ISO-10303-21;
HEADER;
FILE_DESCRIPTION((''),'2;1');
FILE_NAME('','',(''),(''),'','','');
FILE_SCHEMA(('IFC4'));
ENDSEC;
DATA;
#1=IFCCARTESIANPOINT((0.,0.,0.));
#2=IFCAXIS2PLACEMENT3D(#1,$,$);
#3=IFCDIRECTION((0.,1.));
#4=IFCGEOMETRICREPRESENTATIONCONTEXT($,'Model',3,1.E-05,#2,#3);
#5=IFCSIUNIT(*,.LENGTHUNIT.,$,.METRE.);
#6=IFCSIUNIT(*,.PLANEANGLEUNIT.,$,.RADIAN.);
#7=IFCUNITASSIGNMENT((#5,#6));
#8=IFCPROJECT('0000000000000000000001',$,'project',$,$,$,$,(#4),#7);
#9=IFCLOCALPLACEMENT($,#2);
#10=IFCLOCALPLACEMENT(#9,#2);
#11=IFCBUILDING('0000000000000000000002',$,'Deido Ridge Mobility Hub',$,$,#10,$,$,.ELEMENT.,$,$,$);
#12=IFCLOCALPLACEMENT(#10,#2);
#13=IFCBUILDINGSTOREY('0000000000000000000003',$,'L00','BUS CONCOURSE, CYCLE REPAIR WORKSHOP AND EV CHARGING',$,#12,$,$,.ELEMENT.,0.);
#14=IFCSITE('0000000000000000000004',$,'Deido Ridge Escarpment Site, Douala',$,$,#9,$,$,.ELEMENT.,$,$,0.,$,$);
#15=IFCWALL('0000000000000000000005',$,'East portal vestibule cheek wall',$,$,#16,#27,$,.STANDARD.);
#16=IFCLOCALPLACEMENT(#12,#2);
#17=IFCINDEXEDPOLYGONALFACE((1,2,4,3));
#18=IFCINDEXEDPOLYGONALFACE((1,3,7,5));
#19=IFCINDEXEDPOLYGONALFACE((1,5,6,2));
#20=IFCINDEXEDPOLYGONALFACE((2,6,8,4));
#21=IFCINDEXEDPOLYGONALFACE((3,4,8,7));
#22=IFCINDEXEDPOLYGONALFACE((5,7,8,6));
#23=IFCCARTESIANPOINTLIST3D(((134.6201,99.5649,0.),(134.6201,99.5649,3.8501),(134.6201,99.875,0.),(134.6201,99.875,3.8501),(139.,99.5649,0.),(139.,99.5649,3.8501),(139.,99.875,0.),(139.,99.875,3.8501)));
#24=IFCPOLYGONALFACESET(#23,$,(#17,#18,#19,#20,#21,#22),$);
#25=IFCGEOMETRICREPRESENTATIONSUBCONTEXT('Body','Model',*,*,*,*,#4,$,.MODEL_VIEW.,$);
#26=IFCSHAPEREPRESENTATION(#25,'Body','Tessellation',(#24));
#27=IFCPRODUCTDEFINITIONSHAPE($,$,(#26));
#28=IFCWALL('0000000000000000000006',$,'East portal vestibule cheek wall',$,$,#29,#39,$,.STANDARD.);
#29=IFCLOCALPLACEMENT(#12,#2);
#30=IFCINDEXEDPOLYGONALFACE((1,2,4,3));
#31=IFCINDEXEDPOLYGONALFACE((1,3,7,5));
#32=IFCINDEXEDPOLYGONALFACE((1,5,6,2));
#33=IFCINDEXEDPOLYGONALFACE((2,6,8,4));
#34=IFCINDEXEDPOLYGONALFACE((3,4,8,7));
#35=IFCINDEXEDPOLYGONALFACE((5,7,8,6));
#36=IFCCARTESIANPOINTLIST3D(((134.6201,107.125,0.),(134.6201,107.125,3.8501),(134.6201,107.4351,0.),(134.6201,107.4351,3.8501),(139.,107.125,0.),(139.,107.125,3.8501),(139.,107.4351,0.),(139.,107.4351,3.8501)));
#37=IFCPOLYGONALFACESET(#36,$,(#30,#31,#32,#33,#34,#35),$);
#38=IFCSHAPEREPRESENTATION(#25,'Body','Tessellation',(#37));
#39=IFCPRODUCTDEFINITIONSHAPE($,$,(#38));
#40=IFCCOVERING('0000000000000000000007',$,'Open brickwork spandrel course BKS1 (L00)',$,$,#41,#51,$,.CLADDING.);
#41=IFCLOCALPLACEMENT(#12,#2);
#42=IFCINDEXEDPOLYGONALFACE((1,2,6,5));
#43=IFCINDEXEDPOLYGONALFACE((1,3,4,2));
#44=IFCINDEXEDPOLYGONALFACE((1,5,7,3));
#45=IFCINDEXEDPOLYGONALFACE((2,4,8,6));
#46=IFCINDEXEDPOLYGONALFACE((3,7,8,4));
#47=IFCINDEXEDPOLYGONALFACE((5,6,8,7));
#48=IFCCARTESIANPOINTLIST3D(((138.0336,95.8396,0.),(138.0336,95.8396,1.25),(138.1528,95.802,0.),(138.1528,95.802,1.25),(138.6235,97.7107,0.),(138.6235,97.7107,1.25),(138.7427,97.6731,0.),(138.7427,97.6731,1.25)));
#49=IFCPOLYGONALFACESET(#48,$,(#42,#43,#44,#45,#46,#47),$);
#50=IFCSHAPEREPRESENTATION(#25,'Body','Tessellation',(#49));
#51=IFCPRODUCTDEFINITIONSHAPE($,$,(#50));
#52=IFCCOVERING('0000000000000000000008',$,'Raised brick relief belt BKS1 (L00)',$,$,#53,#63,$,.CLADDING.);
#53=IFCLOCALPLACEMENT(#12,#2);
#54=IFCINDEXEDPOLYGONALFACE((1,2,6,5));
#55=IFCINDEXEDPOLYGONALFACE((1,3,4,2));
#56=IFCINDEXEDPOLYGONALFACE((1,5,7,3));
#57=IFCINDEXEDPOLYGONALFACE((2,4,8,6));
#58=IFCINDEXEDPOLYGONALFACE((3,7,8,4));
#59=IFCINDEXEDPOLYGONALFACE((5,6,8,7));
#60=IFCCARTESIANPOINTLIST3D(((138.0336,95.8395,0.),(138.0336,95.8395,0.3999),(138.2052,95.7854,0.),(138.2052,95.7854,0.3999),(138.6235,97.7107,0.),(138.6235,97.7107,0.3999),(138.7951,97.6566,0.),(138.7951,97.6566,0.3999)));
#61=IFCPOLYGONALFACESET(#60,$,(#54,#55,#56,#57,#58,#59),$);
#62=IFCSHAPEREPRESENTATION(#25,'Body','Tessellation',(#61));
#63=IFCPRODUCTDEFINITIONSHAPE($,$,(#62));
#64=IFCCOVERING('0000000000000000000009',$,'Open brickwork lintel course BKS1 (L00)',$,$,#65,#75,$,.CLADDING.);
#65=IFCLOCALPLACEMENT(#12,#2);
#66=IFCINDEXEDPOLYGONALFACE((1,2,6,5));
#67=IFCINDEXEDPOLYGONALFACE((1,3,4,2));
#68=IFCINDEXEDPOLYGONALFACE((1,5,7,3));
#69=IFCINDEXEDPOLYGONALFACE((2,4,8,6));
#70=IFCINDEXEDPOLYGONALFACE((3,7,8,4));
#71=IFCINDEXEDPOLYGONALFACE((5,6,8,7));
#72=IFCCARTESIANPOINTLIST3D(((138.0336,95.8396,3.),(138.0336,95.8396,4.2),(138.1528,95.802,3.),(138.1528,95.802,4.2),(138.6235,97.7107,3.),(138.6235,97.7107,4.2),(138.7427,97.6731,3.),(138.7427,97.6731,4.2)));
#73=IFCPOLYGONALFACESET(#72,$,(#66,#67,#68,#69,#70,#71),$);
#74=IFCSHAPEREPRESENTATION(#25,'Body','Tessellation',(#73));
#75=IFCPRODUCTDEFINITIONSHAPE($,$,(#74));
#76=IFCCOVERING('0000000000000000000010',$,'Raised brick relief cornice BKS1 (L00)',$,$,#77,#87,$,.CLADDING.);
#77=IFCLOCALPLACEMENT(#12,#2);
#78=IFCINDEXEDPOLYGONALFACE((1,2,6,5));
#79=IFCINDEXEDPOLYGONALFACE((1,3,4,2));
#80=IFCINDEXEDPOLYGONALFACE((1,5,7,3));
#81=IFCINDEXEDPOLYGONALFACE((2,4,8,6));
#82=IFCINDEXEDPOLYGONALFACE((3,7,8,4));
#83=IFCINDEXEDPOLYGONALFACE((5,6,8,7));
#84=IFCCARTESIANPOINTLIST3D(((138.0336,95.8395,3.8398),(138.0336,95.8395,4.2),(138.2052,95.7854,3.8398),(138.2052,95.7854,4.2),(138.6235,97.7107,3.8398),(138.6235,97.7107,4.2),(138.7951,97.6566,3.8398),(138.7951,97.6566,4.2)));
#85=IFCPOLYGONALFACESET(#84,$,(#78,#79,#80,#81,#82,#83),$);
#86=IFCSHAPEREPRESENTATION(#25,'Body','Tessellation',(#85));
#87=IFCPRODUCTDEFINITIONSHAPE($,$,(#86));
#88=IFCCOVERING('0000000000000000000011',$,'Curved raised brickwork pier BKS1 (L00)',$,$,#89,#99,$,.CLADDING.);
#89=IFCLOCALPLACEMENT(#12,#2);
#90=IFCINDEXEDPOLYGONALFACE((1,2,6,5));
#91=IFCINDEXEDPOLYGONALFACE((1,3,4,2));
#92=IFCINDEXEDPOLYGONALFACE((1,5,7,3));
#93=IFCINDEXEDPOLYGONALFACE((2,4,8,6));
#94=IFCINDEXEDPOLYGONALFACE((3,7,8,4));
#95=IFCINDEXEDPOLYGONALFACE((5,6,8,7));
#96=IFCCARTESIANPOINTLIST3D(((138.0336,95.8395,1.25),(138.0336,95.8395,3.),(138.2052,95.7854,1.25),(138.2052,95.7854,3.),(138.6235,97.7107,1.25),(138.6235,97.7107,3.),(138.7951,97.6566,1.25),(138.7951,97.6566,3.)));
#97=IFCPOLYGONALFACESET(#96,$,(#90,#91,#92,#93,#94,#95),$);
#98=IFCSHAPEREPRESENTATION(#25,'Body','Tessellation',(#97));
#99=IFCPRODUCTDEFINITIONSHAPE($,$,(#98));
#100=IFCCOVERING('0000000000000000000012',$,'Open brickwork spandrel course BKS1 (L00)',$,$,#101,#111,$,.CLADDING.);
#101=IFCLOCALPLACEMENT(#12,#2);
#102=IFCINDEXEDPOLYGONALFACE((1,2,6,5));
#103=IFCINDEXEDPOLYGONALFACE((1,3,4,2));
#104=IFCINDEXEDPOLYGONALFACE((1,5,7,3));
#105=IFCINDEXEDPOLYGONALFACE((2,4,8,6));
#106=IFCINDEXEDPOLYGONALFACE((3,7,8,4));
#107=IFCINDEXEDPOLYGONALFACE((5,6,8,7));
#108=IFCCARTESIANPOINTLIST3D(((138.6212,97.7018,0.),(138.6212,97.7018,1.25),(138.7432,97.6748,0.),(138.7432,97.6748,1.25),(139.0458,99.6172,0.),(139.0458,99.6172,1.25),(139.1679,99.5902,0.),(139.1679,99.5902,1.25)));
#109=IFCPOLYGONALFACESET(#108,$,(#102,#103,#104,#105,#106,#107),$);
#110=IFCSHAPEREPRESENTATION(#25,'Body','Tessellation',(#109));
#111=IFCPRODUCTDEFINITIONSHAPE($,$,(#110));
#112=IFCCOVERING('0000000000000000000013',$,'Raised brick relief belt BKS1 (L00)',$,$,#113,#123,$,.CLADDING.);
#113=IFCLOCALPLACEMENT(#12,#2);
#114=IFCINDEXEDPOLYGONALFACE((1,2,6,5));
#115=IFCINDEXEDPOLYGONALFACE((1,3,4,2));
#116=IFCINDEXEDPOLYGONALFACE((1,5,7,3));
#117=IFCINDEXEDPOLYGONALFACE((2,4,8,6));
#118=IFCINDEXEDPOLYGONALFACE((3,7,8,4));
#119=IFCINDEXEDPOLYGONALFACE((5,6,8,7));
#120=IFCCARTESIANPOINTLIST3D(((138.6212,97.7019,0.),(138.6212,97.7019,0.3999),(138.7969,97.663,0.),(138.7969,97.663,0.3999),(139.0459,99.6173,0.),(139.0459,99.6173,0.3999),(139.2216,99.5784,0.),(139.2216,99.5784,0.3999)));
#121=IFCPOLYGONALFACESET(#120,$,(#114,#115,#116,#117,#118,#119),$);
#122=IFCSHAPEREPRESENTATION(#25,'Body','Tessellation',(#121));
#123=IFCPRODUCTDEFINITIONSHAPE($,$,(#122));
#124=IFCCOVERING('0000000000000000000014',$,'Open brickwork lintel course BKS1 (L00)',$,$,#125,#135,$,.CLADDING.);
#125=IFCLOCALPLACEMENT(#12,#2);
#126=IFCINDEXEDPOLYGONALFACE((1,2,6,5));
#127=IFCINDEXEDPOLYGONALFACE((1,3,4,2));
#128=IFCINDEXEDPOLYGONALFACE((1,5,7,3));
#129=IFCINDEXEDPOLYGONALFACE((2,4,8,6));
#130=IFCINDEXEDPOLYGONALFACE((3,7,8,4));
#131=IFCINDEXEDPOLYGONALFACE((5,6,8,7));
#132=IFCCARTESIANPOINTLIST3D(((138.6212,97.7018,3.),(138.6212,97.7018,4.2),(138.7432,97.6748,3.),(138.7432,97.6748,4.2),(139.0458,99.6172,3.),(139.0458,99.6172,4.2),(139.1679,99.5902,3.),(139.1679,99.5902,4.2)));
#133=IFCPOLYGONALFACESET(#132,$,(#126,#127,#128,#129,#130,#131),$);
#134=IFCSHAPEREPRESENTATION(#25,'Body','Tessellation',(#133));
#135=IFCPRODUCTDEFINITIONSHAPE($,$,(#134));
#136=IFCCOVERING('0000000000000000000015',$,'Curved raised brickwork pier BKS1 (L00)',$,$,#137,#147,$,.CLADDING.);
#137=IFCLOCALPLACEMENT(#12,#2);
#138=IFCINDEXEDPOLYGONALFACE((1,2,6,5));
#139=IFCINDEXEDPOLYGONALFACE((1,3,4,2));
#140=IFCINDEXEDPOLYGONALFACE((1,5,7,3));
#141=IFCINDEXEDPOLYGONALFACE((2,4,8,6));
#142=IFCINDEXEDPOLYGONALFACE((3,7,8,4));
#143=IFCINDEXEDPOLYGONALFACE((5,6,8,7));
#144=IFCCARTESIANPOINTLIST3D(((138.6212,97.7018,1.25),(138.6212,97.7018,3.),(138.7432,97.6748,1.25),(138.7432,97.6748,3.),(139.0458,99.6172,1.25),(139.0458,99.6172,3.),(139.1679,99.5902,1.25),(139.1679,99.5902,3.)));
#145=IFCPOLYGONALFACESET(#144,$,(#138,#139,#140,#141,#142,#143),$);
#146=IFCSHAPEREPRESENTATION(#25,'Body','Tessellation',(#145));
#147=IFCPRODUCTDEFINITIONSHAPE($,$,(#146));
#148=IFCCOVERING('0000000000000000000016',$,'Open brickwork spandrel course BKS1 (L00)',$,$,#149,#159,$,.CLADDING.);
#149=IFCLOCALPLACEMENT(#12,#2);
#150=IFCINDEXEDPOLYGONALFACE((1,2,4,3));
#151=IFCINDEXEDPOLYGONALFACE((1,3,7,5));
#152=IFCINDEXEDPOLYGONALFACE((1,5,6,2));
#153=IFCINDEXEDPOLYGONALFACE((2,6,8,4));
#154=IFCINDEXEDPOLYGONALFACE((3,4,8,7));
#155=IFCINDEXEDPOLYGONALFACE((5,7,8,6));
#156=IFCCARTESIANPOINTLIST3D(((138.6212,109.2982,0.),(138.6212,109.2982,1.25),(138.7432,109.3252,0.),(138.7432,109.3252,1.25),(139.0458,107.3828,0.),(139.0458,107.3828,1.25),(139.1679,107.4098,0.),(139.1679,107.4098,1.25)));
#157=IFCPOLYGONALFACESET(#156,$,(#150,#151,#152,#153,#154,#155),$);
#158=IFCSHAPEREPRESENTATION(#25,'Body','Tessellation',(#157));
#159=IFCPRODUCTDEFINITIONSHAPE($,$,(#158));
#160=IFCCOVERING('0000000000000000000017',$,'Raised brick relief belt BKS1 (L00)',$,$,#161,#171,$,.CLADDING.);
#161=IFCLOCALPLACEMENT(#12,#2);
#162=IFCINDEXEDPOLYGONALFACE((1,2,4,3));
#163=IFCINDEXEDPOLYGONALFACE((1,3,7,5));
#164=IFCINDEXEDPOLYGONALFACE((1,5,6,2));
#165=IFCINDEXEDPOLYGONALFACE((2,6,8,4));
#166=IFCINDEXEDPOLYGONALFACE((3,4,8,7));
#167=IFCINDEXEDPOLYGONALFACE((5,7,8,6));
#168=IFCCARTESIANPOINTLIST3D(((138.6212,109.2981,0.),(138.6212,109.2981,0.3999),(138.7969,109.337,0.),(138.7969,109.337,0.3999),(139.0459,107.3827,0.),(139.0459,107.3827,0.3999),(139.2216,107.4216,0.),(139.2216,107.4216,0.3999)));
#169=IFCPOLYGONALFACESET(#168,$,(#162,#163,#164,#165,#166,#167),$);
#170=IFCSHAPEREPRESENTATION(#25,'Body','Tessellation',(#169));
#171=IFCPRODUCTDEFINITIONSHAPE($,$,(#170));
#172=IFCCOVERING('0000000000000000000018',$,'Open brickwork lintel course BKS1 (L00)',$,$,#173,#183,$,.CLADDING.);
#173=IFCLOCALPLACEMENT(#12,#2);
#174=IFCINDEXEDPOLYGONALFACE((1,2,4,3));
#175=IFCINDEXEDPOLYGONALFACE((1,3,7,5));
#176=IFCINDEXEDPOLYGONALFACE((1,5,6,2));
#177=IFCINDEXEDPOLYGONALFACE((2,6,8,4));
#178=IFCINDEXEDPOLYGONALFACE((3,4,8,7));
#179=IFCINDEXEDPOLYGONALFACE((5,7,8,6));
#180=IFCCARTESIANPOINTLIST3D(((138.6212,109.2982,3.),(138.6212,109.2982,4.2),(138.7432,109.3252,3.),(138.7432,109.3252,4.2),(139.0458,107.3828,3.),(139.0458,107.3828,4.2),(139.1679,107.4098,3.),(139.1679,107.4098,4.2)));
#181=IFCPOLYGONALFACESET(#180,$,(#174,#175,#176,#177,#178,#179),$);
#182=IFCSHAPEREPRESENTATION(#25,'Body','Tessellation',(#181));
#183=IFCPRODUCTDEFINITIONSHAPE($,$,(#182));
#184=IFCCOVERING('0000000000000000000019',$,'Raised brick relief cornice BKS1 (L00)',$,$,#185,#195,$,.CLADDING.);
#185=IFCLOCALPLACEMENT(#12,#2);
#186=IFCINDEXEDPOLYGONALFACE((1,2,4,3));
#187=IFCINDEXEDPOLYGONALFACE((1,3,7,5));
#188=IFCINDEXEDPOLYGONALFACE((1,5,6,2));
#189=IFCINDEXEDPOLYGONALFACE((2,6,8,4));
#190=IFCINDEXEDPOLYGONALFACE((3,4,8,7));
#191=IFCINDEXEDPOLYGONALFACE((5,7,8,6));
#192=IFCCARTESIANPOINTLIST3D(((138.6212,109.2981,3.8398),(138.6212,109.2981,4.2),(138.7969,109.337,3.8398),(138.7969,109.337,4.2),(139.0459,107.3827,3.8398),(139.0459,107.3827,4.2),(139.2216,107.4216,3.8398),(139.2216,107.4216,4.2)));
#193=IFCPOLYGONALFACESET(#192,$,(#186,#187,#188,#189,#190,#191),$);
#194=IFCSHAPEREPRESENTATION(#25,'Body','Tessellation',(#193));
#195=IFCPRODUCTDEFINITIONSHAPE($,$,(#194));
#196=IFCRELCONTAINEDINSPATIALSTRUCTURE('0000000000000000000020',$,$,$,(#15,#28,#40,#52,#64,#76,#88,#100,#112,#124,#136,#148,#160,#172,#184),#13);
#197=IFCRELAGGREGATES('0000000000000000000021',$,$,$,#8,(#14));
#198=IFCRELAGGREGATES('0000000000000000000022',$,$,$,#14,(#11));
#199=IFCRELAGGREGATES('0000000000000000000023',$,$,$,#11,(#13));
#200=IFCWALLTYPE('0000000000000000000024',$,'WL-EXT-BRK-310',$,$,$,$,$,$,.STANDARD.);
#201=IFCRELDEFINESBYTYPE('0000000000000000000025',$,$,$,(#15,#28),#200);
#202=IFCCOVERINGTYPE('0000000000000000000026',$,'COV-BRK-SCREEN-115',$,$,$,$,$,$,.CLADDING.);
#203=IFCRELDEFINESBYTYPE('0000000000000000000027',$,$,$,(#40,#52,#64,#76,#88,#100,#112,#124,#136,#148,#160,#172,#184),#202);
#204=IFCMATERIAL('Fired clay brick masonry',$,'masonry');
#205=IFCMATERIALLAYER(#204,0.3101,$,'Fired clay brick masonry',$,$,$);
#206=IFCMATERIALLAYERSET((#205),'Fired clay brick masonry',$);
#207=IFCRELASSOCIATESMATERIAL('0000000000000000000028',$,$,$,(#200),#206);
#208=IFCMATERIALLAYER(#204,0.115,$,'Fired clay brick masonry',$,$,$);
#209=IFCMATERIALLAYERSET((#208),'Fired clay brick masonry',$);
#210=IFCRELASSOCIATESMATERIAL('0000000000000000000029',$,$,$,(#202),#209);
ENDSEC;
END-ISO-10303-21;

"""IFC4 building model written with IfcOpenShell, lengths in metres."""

from ifc_helpers import new_model, si_unit, direction, frame, frame_2d, origin, origin_2d, place, context, subcontext, project, spatial, rectangle, extrude, material, layer, layer_set, type_object, element, save


model = new_model("IFC4")

# Units and contexts
model_context = context("Model", 3, precision=1e-05, world=origin(), true_north=direction((0.0, 1.0)))
body_context = subcontext(model_context, "Body", "Model", "MODEL_VIEW")
ifc_project = project(units=[si_unit("LENGTHUNIT", "METRE"), si_unit("PLANEANGLEUNIT", "RADIAN")], contexts=[model_context])

# Site, building, storey
site_placement = place(None, origin())
site = spatial("IfcSite", under=ifc_project, at=site_placement, Name="Deido Ridge Escarpment Site, Douala", CompositionType="ELEMENT", RefElevation=0.0)
building_placement = place(site_placement, origin())
building = spatial("IfcBuilding", under=site, at=building_placement, Name="Deido Ridge Mobility Hub", CompositionType="ELEMENT")
storey_placement = place(building_placement, origin())
storey = spatial("IfcBuildingStorey", under=building, at=storey_placement, Name="L00", Description="BUS CONCOURSE, CYCLE REPAIR WORKSHOP AND EV CHARGING", CompositionType="ELEMENT", Elevation=0.0)

# Walls
ifc_material_1 = material(Name="Fired clay brick masonry", Category="masonry")
ifc_layer_1 = layer(ifc_material_1, 0.3101, Name="Fired clay brick masonry")
ifc_layer_set_1 = layer_set([ifc_layer_1], Name="Fired clay brick masonry")
wall_type_1 = type_object("IfcWallType", Name="WL-EXT-BRK-310", PredefinedType="STANDARD", material=ifc_layer_set_1)
for number, where, z_axis, x_axis, name in (
    (1, (134.6201, 99.72, 0.0), (0.0, 0.0, 1.0), (1.0, 0.0, 0.0), "East portal vestibule cheek wall"),
    (2, (134.6201, 107.28, 0.0), (0.0, 0.0, 1.0), (1.0, 0.0, 0.0), "East portal vestibule cheek wall"),
):
    element("IfcWall", number, at=place(storey_placement, frame(where, z_axis=z_axis, x_axis=x_axis)), inside=storey, type_object=wall_type_1, Name=name, PredefinedType="STANDARD", context=body_context, shape_type="SweptSolid", body=[
        extrude(rectangle(XDim=4.3799, YDim=0.3101, at=frame_2d((2.1899, 0.0))), origin(), (0.0, 0.0, 1.0), 3.8501),
    ])

# Coverings
ifc_layer_2 = layer(ifc_material_1, 0.115, Name="Fired clay brick masonry")
ifc_layer_set_2 = layer_set([ifc_layer_2], Name="Fired clay brick masonry")
covering_type = type_object("IfcCoveringType", Name="COV-BRK-SCREEN-115", PredefinedType="CLADDING", material=ifc_layer_set_2)
covering_1_placement = place(storey_placement, frame((138.3882, 96.7563, 0.0), z_axis=(0.0, 0.0, 1.0), x_axis=(0.300673, 0.953727, 0.0)))
element("IfcCovering", 3, at=covering_1_placement, inside=storey, type_object=covering_type, Name="Open brickwork spandrel course BKS1 (L00)", PredefinedType="CLADDING", context=body_context, shape_type="SweptSolid", body=[
    extrude(rectangle(XDim=1.9619, YDim=0.125, at=origin_2d()), origin(), (0.0, 0.0, 1.0), 1.25),
])
covering_2_placement = place(storey_placement, frame((138.4143, 96.748, 0.0), z_axis=(0.0, 0.0, 1.0), x_axis=(0.300673, 0.953727, 0.0)))
element("IfcCovering", 4, at=covering_2_placement, inside=storey, type_object=covering_type, Name="Raised brick relief belt BKS1 (L00)", PredefinedType="CLADDING", context=body_context, shape_type="SweptSolid", body=[
    extrude(rectangle(XDim=1.9619, YDim=0.1799, at=origin_2d()), origin(), (0.0, 0.0, 1.0), 0.3999),
])
covering_3_placement = place(storey_placement, frame((138.3882, 96.7563, 3.0), z_axis=(0.0, 0.0, 1.0), x_axis=(0.300673, 0.953727, 0.0)))
element("IfcCovering", 5, at=covering_3_placement, inside=storey, type_object=covering_type, Name="Open brickwork lintel course BKS1 (L00)", PredefinedType="CLADDING", context=body_context, shape_type="SweptSolid", body=[
    extrude(rectangle(XDim=1.9619, YDim=0.125, at=origin_2d()), origin(), (0.0, 0.0, 1.0), 1.2),
])
covering_4_placement = place(storey_placement, frame((138.4143, 96.748, 3.8398), z_axis=(0.0, 0.0, 1.0), x_axis=(0.300673, 0.953727, 0.0)))
element("IfcCovering", 6, at=covering_4_placement, inside=storey, type_object=covering_type, Name="Raised brick relief cornice BKS1 (L00)", PredefinedType="CLADDING", context=body_context, shape_type="SweptSolid", body=[
    extrude(rectangle(XDim=1.9619, YDim=0.1799, at=origin_2d()), origin(), (0.0, 0.0, 1.0), 0.3601),
])
covering_5_placement = place(storey_placement, frame((138.4143, 96.748, 1.25), z_axis=(0.0, 0.0, 1.0), x_axis=(0.300673, 0.953727, 0.0)))
element("IfcCovering", 7, at=covering_5_placement, inside=storey, type_object=covering_type, Name="Curved raised brickwork pier BKS1 (L00)", PredefinedType="CLADDING", context=body_context, shape_type="SweptSolid", body=[
    extrude(rectangle(XDim=1.9619, YDim=0.1799, at=origin_2d()), origin(), (0.0, 0.0, 1.0), 1.75),
])
covering_6_placement = place(storey_placement, frame((138.8945, 98.646, 0.0), z_axis=(0.0, 0.0, 1.0), x_axis=(0.216457, 0.976292, 0.0)))
element("IfcCovering", 8, at=covering_6_placement, inside=storey, type_object=covering_type, Name="Open brickwork spandrel course BKS1 (L00)", PredefinedType="CLADDING", context=body_context, shape_type="SweptSolid", body=[
    extrude(rectangle(XDim=1.9619, YDim=0.125, at=origin_2d()), origin(), (0.0, 0.0, 1.0), 1.25),
])
covering_7_placement = place(storey_placement, frame((138.9214, 98.6401, 0.0), z_axis=(0.0, 0.0, 1.0), x_axis=(0.216457, 0.976292, 0.0)))
element("IfcCovering", 9, at=covering_7_placement, inside=storey, type_object=covering_type, Name="Raised brick relief belt BKS1 (L00)", PredefinedType="CLADDING", context=body_context, shape_type="SweptSolid", body=[
    extrude(rectangle(XDim=1.9619, YDim=0.1799, at=origin_2d()), origin(), (0.0, 0.0, 1.0), 0.3999),
])
covering_8_placement = place(storey_placement, frame((138.8945, 98.646, 3.0), z_axis=(0.0, 0.0, 1.0), x_axis=(0.216457, 0.976292, 0.0)))
element("IfcCovering", 10, at=covering_8_placement, inside=storey, type_object=covering_type, Name="Open brickwork lintel course BKS1 (L00)", PredefinedType="CLADDING", context=body_context, shape_type="SweptSolid", body=[
    extrude(rectangle(XDim=1.9619, YDim=0.125, at=origin_2d()), origin(), (0.0, 0.0, 1.0), 1.2),
])
covering_9_placement = place(storey_placement, frame((138.8945, 98.646, 1.25), z_axis=(0.0, 0.0, 1.0), x_axis=(0.216457, 0.976292, 0.0)))
element("IfcCovering", 11, at=covering_9_placement, inside=storey, type_object=covering_type, Name="Curved raised brickwork pier BKS1 (L00)", PredefinedType="CLADDING", context=body_context, shape_type="SweptSolid", body=[
    extrude(rectangle(XDim=1.9619, YDim=0.125, at=origin_2d()), origin(), (0.0, 0.0, 1.0), 1.75),
])
covering_10_placement = place(storey_placement, frame((138.8945, 108.354, 0.0), z_axis=(0.0, 0.0, 1.0), x_axis=(-0.216457, 0.976292, 0.0)))
element("IfcCovering", 12, at=covering_10_placement, inside=storey, type_object=covering_type, Name="Open brickwork spandrel course BKS1 (L00)", PredefinedType="CLADDING", context=body_context, shape_type="SweptSolid", body=[
    extrude(rectangle(XDim=1.9619, YDim=0.125, at=origin_2d()), origin(), (0.0, 0.0, 1.0), 1.25),
])
covering_11_placement = place(storey_placement, frame((138.9214, 108.3599, 0.0), z_axis=(0.0, 0.0, 1.0), x_axis=(-0.216457, 0.976292, 0.0)))
element("IfcCovering", 13, at=covering_11_placement, inside=storey, type_object=covering_type, Name="Raised brick relief belt BKS1 (L00)", PredefinedType="CLADDING", context=body_context, shape_type="SweptSolid", body=[
    extrude(rectangle(XDim=1.9619, YDim=0.1799, at=origin_2d()), origin(), (0.0, 0.0, 1.0), 0.3999),
])
covering_12_placement = place(storey_placement, frame((138.8945, 108.354, 3.0), z_axis=(0.0, 0.0, 1.0), x_axis=(-0.216457, 0.976292, 0.0)))
element("IfcCovering", 14, at=covering_12_placement, inside=storey, type_object=covering_type, Name="Open brickwork lintel course BKS1 (L00)", PredefinedType="CLADDING", context=body_context, shape_type="SweptSolid", body=[
    extrude(rectangle(XDim=1.9619, YDim=0.125, at=origin_2d()), origin(), (0.0, 0.0, 1.0), 1.2),
])
covering_13_placement = place(storey_placement, frame((138.9214, 108.3599, 3.8398), z_axis=(0.0, 0.0, 1.0), x_axis=(-0.216457, 0.976292, 0.0)))
element("IfcCovering", 15, at=covering_13_placement, inside=storey, type_object=covering_type, Name="Raised brick relief cornice BKS1 (L00)", PredefinedType="CLADDING", context=body_context, shape_type="SweptSolid", body=[
    extrude(rectangle(XDim=1.9619, YDim=0.1799, at=origin_2d()), origin(), (0.0, 0.0, 1.0), 0.3601),
])

save(model, "model.ifc")
